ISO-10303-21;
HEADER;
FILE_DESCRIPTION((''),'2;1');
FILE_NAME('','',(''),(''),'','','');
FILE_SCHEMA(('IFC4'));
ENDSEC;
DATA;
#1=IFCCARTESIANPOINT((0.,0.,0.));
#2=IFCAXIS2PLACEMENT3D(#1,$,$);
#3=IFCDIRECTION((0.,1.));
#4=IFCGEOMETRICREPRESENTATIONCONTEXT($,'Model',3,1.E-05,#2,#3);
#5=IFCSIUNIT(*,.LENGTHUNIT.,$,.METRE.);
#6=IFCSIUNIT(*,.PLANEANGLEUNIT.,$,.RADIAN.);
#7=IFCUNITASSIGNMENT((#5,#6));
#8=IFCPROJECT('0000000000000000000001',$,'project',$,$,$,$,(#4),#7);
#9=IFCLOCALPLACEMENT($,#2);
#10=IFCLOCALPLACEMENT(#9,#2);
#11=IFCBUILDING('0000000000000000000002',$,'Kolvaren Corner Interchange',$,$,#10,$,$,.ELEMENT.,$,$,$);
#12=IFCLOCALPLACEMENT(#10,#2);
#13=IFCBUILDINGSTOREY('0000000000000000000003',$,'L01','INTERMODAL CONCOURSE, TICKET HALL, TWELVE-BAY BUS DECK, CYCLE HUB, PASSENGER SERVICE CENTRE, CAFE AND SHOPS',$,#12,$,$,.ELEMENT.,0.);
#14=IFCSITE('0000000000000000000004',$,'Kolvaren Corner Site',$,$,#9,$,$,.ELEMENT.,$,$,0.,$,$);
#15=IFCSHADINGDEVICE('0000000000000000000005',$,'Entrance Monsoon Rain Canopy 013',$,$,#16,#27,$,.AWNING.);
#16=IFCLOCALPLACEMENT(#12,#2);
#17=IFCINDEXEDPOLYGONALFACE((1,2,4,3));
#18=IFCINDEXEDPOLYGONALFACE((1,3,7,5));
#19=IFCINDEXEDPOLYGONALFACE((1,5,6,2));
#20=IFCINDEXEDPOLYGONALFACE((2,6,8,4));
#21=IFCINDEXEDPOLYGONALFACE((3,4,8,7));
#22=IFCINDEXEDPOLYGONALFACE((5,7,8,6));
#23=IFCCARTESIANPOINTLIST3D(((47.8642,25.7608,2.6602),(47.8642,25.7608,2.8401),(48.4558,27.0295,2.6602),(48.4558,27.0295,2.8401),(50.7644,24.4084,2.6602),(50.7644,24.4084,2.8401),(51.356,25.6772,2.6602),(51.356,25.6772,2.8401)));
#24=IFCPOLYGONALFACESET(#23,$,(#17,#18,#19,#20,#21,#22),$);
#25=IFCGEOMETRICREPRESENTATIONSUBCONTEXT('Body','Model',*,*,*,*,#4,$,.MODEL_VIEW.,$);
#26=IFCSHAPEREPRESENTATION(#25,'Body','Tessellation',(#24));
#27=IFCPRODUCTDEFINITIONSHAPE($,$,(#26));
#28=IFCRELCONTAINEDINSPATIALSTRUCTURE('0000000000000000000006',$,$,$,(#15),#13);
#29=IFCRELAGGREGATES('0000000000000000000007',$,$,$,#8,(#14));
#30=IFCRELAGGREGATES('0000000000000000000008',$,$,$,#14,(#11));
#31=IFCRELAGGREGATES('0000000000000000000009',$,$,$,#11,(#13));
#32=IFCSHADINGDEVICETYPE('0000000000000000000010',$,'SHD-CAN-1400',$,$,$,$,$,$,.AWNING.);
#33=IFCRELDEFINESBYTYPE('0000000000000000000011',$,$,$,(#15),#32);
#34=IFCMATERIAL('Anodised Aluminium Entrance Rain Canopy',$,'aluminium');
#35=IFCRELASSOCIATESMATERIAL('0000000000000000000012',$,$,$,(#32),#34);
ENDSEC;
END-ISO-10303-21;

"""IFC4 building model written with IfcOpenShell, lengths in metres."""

from ifc_helpers import new_model, si_unit, direction, frame, origin, origin_2d, place, context, subcontext, project, spatial, rectangle, extrude, material, type_object, element, save


model = new_model("IFC4")

# Units and contexts
model_context = context("Model", 3, precision=1e-05, world=origin(), true_north=direction((0.0, 1.0)))
body_context = subcontext(model_context, "Body", "Model", "MODEL_VIEW")
ifc_project = project(units=[si_unit("LENGTHUNIT", "METRE"), si_unit("PLANEANGLEUNIT", "RADIAN")], contexts=[model_context])

# Site, building, storey
site_placement = place(None, origin())
site = spatial("IfcSite", under=ifc_project, at=site_placement, Name="Kolvaren Corner Site", CompositionType="ELEMENT", RefElevation=0.0)
building_placement = place(site_placement, origin())
building = spatial("IfcBuilding", under=site, at=building_placement, Name="Kolvaren Corner Interchange", CompositionType="ELEMENT")
storey_placement = place(building_placement, origin())
storey = spatial("IfcBuildingStorey", under=building, at=storey_placement, Name="L01", Description="INTERMODAL CONCOURSE, TICKET HALL, TWELVE-BAY BUS DECK, CYCLE HUB, PASSENGER SERVICE CENTRE, CAFE AND SHOPS", CompositionType="ELEMENT", Elevation=0.0)

# Shading device
ifc_material_1 = material(Name="Anodised Aluminium Entrance Rain Canopy", Category="aluminium")
shading_device_type = type_object("IfcShadingDeviceType", Name="SHD-CAN-1400", PredefinedType="AWNING", material=ifc_material_1)
for number, where, z_axis, x_axis, name in (
    (1, (49.6101, 25.719, 2.6602), (0.0, 0.0, 1.0), (0.906308, -0.422618, 0.0), "Entrance Monsoon Rain Canopy 013"),
):
    element("IfcShadingDevice", number, at=place(storey_placement, frame(where, z_axis=z_axis, x_axis=x_axis)), inside=storey, type_object=shading_device_type, Name=name, PredefinedType="AWNING", context=body_context, shape_type="SweptSolid", body=[
        extrude(rectangle(XDim=3.2, YDim=1.3999, at=origin_2d()), origin(), (0.0, 0.0, 1.0), 0.1799),
    ])

save(model, "model.ifc")
